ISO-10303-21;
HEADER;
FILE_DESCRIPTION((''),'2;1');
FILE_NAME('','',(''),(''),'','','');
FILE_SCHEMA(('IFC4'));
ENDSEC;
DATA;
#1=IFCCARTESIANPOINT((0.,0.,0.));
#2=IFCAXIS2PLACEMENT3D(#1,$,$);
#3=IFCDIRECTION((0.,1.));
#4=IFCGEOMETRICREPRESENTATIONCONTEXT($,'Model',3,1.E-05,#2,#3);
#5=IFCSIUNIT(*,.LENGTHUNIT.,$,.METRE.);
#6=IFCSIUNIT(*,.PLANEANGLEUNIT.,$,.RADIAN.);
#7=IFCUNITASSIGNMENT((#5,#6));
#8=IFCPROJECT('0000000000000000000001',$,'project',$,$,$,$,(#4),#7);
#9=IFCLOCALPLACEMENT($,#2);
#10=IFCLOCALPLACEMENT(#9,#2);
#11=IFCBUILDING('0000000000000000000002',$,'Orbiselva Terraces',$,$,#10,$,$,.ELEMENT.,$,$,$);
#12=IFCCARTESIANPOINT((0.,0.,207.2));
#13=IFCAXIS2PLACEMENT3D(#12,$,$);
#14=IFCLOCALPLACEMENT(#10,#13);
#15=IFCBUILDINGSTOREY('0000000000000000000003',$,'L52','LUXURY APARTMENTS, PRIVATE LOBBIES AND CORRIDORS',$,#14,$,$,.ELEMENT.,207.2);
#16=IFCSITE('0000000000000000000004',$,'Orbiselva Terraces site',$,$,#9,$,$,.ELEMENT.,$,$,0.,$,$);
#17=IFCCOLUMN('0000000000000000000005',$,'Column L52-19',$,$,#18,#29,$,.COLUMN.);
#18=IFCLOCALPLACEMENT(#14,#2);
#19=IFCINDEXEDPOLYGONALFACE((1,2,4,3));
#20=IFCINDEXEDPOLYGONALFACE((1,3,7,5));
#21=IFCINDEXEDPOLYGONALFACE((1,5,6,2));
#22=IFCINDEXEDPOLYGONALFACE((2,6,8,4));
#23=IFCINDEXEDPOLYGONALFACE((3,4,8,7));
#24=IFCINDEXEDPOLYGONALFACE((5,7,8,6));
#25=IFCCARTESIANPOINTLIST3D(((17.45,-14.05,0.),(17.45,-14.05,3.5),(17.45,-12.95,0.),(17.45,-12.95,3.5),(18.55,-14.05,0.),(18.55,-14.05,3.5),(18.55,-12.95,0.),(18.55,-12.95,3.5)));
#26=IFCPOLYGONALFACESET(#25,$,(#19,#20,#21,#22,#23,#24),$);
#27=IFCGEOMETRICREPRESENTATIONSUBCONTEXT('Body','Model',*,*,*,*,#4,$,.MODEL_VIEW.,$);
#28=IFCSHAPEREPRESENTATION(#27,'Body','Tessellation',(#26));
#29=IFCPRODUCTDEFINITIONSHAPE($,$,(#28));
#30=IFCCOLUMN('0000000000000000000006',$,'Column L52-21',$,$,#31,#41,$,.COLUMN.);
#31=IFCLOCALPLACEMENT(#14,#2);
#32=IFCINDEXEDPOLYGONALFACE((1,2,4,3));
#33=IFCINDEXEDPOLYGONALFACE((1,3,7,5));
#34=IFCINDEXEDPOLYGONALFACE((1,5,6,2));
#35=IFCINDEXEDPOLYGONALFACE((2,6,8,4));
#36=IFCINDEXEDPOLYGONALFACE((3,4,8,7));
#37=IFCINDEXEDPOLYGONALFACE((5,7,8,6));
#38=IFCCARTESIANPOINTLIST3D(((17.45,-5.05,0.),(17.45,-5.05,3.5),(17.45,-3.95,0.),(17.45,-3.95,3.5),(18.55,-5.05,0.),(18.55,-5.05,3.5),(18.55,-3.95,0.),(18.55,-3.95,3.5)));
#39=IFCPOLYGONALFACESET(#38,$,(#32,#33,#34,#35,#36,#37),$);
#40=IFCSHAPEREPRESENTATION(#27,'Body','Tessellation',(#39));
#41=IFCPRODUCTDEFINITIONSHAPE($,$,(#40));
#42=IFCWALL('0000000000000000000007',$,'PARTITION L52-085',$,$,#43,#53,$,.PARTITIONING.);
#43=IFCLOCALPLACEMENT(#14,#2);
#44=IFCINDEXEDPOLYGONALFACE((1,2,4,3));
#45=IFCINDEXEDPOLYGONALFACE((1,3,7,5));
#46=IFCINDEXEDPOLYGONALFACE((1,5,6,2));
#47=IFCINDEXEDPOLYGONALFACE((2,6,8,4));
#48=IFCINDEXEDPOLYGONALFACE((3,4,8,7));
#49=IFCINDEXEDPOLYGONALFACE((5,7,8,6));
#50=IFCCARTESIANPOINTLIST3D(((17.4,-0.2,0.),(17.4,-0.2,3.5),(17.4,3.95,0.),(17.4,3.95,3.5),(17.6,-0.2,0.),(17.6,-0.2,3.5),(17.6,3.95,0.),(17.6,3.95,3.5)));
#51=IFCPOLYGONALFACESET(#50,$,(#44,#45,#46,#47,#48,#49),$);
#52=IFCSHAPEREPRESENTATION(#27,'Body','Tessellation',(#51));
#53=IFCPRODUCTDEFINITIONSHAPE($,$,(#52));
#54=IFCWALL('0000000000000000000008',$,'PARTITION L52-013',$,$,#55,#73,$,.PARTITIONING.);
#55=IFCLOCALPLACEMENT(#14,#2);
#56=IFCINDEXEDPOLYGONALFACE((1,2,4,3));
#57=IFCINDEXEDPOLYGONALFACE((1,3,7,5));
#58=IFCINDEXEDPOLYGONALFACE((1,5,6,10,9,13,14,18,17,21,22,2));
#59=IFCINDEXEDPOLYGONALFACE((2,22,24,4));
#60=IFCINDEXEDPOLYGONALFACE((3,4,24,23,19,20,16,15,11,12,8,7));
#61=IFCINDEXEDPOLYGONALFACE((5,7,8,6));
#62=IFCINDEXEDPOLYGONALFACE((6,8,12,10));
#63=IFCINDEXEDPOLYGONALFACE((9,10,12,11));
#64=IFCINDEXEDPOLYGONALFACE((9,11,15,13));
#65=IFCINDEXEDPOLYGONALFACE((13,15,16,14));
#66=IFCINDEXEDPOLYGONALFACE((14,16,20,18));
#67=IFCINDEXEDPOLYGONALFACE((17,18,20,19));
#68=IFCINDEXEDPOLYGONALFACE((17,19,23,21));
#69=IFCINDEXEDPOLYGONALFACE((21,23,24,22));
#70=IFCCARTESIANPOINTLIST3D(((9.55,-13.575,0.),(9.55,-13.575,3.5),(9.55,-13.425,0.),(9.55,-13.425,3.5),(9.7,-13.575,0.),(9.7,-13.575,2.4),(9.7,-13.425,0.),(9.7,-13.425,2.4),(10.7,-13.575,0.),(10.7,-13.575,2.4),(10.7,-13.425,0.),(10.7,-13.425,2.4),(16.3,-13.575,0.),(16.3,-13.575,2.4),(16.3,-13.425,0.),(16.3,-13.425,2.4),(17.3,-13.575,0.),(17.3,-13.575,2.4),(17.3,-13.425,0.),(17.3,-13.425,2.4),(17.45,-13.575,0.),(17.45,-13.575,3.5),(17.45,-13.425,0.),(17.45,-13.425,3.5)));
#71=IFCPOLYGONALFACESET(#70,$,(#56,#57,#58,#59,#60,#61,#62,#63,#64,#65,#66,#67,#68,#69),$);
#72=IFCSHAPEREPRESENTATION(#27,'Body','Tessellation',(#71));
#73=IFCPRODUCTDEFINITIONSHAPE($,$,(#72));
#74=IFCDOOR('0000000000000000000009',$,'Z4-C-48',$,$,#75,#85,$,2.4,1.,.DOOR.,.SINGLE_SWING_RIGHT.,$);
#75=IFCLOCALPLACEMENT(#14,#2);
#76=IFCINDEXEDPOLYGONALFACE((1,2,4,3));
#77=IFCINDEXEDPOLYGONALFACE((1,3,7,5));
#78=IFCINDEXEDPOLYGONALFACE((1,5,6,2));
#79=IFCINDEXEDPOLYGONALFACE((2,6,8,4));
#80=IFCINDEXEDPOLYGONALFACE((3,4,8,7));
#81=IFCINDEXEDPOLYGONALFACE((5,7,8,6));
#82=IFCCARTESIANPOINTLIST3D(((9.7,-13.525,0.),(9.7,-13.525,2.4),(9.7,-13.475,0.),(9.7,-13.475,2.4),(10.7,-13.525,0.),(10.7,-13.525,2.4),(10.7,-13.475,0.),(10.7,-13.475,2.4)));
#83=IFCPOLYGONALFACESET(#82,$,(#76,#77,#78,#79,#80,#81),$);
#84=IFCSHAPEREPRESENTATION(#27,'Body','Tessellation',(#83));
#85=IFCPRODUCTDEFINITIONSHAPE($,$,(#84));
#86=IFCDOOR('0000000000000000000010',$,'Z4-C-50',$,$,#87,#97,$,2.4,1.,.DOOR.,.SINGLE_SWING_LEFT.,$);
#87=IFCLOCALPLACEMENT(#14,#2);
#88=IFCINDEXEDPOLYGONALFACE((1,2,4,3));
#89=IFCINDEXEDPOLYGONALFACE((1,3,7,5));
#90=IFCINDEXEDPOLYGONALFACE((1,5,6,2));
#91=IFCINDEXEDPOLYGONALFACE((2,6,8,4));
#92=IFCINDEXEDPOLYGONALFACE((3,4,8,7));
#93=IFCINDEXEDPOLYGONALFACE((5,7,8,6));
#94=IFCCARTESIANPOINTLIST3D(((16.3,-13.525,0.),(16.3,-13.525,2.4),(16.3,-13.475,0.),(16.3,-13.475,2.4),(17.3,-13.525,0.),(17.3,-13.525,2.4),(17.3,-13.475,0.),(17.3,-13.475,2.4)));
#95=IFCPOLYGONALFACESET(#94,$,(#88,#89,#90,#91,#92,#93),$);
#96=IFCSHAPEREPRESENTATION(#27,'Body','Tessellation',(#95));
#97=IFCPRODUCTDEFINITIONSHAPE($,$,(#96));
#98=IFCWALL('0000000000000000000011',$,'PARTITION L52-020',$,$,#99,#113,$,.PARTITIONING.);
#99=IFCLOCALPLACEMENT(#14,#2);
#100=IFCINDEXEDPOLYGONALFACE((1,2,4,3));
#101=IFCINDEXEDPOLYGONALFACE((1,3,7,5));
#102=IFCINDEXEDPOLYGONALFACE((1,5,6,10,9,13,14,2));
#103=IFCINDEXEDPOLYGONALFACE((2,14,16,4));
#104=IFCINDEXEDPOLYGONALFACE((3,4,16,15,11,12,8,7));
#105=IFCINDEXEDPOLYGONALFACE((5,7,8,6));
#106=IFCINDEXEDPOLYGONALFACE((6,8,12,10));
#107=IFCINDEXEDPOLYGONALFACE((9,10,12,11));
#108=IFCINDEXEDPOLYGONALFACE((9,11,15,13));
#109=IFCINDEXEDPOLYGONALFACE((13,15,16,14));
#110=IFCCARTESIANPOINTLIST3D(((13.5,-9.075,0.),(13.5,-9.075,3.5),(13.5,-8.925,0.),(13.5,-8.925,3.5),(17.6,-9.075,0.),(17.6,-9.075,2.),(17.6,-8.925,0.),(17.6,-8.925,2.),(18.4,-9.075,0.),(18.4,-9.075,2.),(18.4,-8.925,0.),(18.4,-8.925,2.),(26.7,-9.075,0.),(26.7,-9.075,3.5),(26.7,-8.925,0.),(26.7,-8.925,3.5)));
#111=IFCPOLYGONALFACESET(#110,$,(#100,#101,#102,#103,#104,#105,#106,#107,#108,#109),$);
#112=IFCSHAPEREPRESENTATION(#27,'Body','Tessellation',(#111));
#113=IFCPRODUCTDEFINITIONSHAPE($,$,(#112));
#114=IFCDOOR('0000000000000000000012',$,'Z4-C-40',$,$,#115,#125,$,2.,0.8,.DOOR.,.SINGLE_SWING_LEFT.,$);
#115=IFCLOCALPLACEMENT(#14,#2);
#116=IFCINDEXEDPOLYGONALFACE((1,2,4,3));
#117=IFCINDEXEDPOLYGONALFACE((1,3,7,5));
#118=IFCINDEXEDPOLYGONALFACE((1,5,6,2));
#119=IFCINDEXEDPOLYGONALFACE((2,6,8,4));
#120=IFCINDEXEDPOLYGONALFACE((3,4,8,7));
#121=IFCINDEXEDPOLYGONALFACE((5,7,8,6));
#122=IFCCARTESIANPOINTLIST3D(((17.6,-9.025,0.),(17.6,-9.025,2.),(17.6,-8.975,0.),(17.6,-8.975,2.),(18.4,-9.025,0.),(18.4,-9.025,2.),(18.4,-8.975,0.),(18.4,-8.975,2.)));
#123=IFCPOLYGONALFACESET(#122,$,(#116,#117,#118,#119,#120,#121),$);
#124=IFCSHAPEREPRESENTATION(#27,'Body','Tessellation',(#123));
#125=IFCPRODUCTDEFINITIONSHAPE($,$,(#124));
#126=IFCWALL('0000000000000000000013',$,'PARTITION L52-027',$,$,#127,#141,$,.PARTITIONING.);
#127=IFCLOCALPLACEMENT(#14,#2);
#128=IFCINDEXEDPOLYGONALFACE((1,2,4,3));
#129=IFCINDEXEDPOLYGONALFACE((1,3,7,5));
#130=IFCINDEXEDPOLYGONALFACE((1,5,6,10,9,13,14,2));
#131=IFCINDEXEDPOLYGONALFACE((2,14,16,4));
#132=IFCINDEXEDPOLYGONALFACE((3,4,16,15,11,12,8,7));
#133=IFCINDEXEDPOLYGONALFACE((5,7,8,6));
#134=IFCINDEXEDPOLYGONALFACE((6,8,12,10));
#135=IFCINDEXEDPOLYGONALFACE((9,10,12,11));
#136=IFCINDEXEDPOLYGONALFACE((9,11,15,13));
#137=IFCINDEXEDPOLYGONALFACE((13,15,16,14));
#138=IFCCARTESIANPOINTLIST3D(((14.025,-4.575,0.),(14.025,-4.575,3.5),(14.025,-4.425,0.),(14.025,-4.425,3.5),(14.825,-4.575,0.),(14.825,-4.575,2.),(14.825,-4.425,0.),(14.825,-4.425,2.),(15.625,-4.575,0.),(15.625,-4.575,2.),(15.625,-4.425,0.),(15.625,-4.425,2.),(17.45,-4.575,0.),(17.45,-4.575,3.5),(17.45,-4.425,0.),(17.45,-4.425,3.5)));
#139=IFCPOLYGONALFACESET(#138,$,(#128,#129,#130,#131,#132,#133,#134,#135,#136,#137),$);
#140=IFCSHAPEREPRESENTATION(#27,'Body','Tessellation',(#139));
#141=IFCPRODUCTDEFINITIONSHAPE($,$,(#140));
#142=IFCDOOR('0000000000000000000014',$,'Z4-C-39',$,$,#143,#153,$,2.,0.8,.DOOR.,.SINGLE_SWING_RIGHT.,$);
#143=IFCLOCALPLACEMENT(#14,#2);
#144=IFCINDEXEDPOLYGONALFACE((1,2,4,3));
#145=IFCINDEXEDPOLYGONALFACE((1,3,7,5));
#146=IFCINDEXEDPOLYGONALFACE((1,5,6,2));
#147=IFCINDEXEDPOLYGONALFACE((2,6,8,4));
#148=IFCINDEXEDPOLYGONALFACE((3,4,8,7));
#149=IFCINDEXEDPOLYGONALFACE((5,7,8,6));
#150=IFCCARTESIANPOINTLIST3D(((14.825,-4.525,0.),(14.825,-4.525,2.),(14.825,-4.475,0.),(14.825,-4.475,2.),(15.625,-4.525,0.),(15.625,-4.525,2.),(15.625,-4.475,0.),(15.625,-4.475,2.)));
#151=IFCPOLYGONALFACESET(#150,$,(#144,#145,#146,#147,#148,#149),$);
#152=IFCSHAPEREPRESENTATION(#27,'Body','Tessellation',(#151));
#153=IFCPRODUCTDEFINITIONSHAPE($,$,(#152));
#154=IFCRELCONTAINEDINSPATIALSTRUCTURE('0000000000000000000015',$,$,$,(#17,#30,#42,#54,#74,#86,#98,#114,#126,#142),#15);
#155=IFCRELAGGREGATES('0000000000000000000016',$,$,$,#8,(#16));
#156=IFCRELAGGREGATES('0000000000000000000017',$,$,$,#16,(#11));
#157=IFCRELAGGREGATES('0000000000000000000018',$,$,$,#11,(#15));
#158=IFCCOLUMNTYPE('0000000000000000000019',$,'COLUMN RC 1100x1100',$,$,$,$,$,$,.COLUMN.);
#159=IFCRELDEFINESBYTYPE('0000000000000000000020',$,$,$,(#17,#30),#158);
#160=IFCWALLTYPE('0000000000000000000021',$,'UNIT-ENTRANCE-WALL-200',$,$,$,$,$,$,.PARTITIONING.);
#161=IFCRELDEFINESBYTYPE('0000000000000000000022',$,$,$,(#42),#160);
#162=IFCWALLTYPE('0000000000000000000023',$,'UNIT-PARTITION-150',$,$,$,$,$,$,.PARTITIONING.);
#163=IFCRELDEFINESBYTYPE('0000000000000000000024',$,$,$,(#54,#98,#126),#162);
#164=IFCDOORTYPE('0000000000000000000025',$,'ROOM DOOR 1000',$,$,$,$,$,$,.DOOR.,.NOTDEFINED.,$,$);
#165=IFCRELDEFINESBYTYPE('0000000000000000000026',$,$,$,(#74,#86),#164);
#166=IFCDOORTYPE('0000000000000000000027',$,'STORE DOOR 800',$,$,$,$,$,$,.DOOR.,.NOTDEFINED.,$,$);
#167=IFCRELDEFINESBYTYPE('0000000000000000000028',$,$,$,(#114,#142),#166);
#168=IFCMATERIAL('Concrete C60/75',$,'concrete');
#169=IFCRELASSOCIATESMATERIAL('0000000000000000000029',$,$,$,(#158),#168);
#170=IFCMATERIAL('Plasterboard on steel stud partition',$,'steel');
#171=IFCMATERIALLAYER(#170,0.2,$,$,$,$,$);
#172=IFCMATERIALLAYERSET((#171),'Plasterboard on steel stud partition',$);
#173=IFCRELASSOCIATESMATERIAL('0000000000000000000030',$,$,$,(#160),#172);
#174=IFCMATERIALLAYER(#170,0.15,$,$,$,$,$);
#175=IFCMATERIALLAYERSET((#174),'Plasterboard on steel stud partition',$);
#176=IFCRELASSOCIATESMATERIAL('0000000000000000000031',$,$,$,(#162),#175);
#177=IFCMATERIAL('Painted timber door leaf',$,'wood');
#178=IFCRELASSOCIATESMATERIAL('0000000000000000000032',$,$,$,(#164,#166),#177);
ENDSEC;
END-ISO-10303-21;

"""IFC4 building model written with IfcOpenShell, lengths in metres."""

from ifc_helpers import new_model, si_unit, direction, frame, frame_2d, origin, origin_2d, place, context, subcontext, project, spatial, rectangle, extrude, material, layer, layer_set, material_profile, profile_set, type_object, element, fill, save


model = new_model("IFC4")

# Units and contexts
model_context = context("Model", 3, precision=1e-05, world=origin(), true_north=direction((0.0, 1.0)))
body_context = subcontext(model_context, "Body", "Model", "MODEL_VIEW")
ifc_project = project(units=[si_unit("LENGTHUNIT", "METRE"), si_unit("PLANEANGLEUNIT", "RADIAN")], contexts=[model_context])

# Site, building, storey
site_placement = place(None, origin())
site = spatial("IfcSite", under=ifc_project, at=site_placement, Name="Orbiselva Terraces site", CompositionType="ELEMENT", RefElevation=0.0)
building_placement = place(site_placement, origin())
building = spatial("IfcBuilding", under=site, at=building_placement, Name="Orbiselva Terraces", CompositionType="ELEMENT")
storey_placement = place(building_placement, frame((0.0, 0.0, 207.2)))
storey = spatial("IfcBuildingStorey", under=building, at=storey_placement, Name="L52", Description="LUXURY APARTMENTS, PRIVATE LOBBIES AND CORRIDORS", CompositionType="ELEMENT", Elevation=207.2)

# Columns
ifc_material_1 = material(Name="Concrete C60/75", Category="concrete")
ifc_material_profile = material_profile(ifc_material_1, rectangle(XDim=1.1, YDim=1.1, at=origin_2d()), Name="RC 1100x1100")
ifc_profile_set = profile_set([ifc_material_profile], Name="Concrete C60/75")
column_type = type_object("IfcColumnType", Name="COLUMN RC 1100x1100", PredefinedType="COLUMN", material=ifc_profile_set)
for number, where, z_axis, x_axis, name in (
    (1, (18.0, -13.5, 0.0), (0.0, 0.0, 1.0), (1.0, 0.0, 0.0), "Column L52-19"),
    (2, (18.0, -4.5, 0.0), (0.0, 0.0, 1.0), (1.0, 0.0, 0.0), "Column L52-21"),
):
    element("IfcColumn", number, at=place(storey_placement, frame(where, z_axis=z_axis, x_axis=x_axis)), inside=storey, type_object=column_type, Name=name, PredefinedType="COLUMN", context=body_context, shape_type="SweptSolid", body=[
        extrude(rectangle(XDim=1.1, YDim=1.1, at=origin_2d()), origin(), (0.0, 0.0, 1.0), 3.5),
    ])

# Wall
ifc_material_2 = material(Name="Plasterboard on steel stud partition", Category="steel")
ifc_layer_1 = layer(ifc_material_2, 0.2)
ifc_layer_set_1 = layer_set([ifc_layer_1], Name="Plasterboard on steel stud partition")
wall_type_1 = type_object("IfcWallType", Name="UNIT-ENTRANCE-WALL-200", PredefinedType="PARTITIONING", material=ifc_layer_set_1)
wall_1_placement = place(storey_placement, frame((17.5, -0.2, 0.0), z_axis=(0.0, 0.0, 1.0), x_axis=(0.0, 1.0, 0.0)))
element("IfcWall", 3, at=wall_1_placement, inside=storey, type_object=wall_type_1, Name="PARTITION L52-085", PredefinedType="PARTITIONING", context=body_context, shape_type="SweptSolid", body=[
    extrude(rectangle(XDim=4.15, YDim=0.2, at=frame_2d((2.075, 0.0))), origin(), (0.0, 0.0, 1.0), 3.5),
])

# Wall, openings, doors
ifc_layer_2 = layer(ifc_material_2, 0.15)
ifc_layer_set_2 = layer_set([ifc_layer_2], Name="Plasterboard on steel stud partition")
wall_type_2 = type_object("IfcWallType", Name="UNIT-PARTITION-150", PredefinedType="PARTITIONING", material=ifc_layer_set_2)
wall_2_placement = place(storey_placement, frame((17.45, -13.5, 0.0), z_axis=(0.0, 0.0, 1.0), x_axis=(-1.0, 0.0, 0.0)))
wall_2 = element("IfcWall", 4, at=wall_2_placement, inside=storey, type_object=wall_type_2, Name="PARTITION L52-013", PredefinedType="PARTITIONING", context=body_context, shape_type="SweptSolid", body=[
    extrude(rectangle(XDim=7.9, YDim=0.15, at=frame_2d((3.95, 0.0))), origin(), (0.0, 0.0, 1.0), 3.5),
])
opening_1_placement = place(wall_2_placement, frame((6.75, 0.0, 0.0)))
opening_1 = element("IfcOpeningElement", 5, at=opening_1_placement, cuts=wall_2, PredefinedType="OPENING", context=body_context, shape_type="SweptSolid", body=[
    extrude(rectangle(XDim=1.0, YDim=2.4, at=frame_2d((0.5, 1.2))), frame((0.0, 0.085, 0.0), z_axis=(0.0, -1.0, 0.0), x_axis=(1.0, 0.0, 0.0)), (0.0, 0.0, 1.0), 0.17),
])
opening_2_placement = place(wall_2_placement, frame((0.15, 0.0, 0.0)))
opening_2 = element("IfcOpeningElement", 6, at=opening_2_placement, cuts=wall_2, PredefinedType="OPENING", context=body_context, shape_type="SweptSolid", body=[
    extrude(rectangle(XDim=1.0, YDim=2.4, at=frame_2d((0.5, 1.2))), frame((0.0, 0.085, 0.0), z_axis=(0.0, -1.0, 0.0), x_axis=(1.0, 0.0, 0.0)), (0.0, 0.0, 1.0), 0.17),
])
ifc_material_3 = material(Name="Painted timber door leaf", Category="wood")
door_type_1 = type_object("IfcDoorType", Name="ROOM DOOR 1000", OperationType="NOTDEFINED", PredefinedType="DOOR", material=ifc_material_3)
door_1_placement = place(opening_1_placement, origin())
door_1 = element("IfcDoor", 7, at=door_1_placement, inside=storey, type_object=door_type_1, Name="Z4-C-48", OperationType="SINGLE_SWING_RIGHT", OverallHeight=2.4, OverallWidth=1.0, PredefinedType="DOOR", context=body_context, shape_type="SweptSolid", body=[
    extrude(rectangle(XDim=1.0, YDim=2.4, at=frame_2d((0.5, 1.2))), frame((0.0, 0.025, 0.0), z_axis=(0.0, -1.0, 0.0), x_axis=(1.0, 0.0, 0.0)), (0.0, 0.0, 1.0), 0.05),
])
fill(opening_1, door_1)
door_2_placement = place(opening_2_placement, origin())
door_2 = element("IfcDoor", 8, at=door_2_placement, inside=storey, type_object=door_type_1, Name="Z4-C-50", OperationType="SINGLE_SWING_LEFT", OverallHeight=2.4, OverallWidth=1.0, PredefinedType="DOOR", context=body_context, shape_type="SweptSolid", body=[
    extrude(rectangle(XDim=1.0, YDim=2.4, at=frame_2d((0.5, 1.2))), frame((0.0, 0.025, 0.0), z_axis=(0.0, -1.0, 0.0), x_axis=(1.0, 0.0, 0.0)), (0.0, 0.0, 1.0), 0.05),
])
fill(opening_2, door_2)

# Walls, openings, doors
wall_3_placement = place(storey_placement, frame((13.5, -9.0, 0.0), z_axis=(0.0, 0.0, 1.0), x_axis=(1.0, 0.0, 0.0)))
wall_3 = element("IfcWall", 9, at=wall_3_placement, inside=storey, type_object=wall_type_2, Name="PARTITION L52-020", PredefinedType="PARTITIONING", context=body_context, shape_type="SweptSolid", body=[
    extrude(rectangle(XDim=13.2, YDim=0.15, at=frame_2d((6.6, 0.0))), origin(), (0.0, 0.0, 1.0), 3.5),
])
opening_3_placement = place(wall_3_placement, frame((4.1, 0.0, 0.0)))
opening_3 = element("IfcOpeningElement", 10, at=opening_3_placement, cuts=wall_3, PredefinedType="OPENING", context=body_context, shape_type="SweptSolid", body=[
    extrude(rectangle(XDim=0.8, YDim=2.0, at=frame_2d((0.4, 1.0))), frame((0.0, 0.085, 0.0), z_axis=(0.0, -1.0, 0.0), x_axis=(1.0, 0.0, 0.0)), (0.0, 0.0, 1.0), 0.17),
])
door_type_2 = type_object("IfcDoorType", Name="STORE DOOR 800", OperationType="NOTDEFINED", PredefinedType="DOOR", material=ifc_material_3)
door_3_placement = place(opening_3_placement, origin())
door_3 = element("IfcDoor", 11, at=door_3_placement, inside=storey, type_object=door_type_2, Name="Z4-C-40", OperationType="SINGLE_SWING_LEFT", OverallHeight=2.0, OverallWidth=0.8, PredefinedType="DOOR", context=body_context, shape_type="SweptSolid", body=[
    extrude(rectangle(XDim=0.8, YDim=2.0, at=frame_2d((0.4, 1.0))), frame((0.0, 0.025, 0.0), z_axis=(0.0, -1.0, 0.0), x_axis=(1.0, 0.0, 0.0)), (0.0, 0.0, 1.0), 0.05),
])
fill(opening_3, door_3)
wall_4_placement = place(storey_placement, frame((17.45, -4.5, 0.0), z_axis=(0.0, 0.0, 1.0), x_axis=(-1.0, 0.0, 0.0)))
wall_4 = element("IfcWall", 12, at=wall_4_placement, inside=storey, type_object=wall_type_2, Name="PARTITION L52-027", PredefinedType="PARTITIONING", context=body_context, shape_type="SweptSolid", body=[
    extrude(rectangle(XDim=3.425, YDim=0.15, at=frame_2d((1.7125, 0.0))), origin(), (0.0, 0.0, 1.0), 3.5),
])
opening_4_placement = place(wall_4_placement, frame((1.825, 0.0, 0.0)))
opening_4 = element("IfcOpeningElement", 13, at=opening_4_placement, cuts=wall_4, PredefinedType="OPENING", context=body_context, shape_type="SweptSolid", body=[
    extrude(rectangle(XDim=0.8, YDim=2.0, at=frame_2d((0.4, 1.0))), frame((0.0, 0.085, 0.0), z_axis=(0.0, -1.0, 0.0), x_axis=(1.0, 0.0, 0.0)), (0.0, 0.0, 1.0), 0.17),
])
door_4_placement = place(opening_4_placement, origin())
door_4 = element("IfcDoor", 14, at=door_4_placement, inside=storey, type_object=door_type_2, Name="Z4-C-39", OperationType="SINGLE_SWING_RIGHT", OverallHeight=2.0, OverallWidth=0.8, PredefinedType="DOOR", context=body_context, shape_type="SweptSolid", body=[
    extrude(rectangle(XDim=0.8, YDim=2.0, at=frame_2d((0.4, 1.0))), frame((0.0, 0.025, 0.0), z_axis=(0.0, -1.0, 0.0), x_axis=(1.0, 0.0, 0.0)), (0.0, 0.0, 1.0), 0.05),
])
fill(opening_4, door_4)

save(model, "model.ifc")
